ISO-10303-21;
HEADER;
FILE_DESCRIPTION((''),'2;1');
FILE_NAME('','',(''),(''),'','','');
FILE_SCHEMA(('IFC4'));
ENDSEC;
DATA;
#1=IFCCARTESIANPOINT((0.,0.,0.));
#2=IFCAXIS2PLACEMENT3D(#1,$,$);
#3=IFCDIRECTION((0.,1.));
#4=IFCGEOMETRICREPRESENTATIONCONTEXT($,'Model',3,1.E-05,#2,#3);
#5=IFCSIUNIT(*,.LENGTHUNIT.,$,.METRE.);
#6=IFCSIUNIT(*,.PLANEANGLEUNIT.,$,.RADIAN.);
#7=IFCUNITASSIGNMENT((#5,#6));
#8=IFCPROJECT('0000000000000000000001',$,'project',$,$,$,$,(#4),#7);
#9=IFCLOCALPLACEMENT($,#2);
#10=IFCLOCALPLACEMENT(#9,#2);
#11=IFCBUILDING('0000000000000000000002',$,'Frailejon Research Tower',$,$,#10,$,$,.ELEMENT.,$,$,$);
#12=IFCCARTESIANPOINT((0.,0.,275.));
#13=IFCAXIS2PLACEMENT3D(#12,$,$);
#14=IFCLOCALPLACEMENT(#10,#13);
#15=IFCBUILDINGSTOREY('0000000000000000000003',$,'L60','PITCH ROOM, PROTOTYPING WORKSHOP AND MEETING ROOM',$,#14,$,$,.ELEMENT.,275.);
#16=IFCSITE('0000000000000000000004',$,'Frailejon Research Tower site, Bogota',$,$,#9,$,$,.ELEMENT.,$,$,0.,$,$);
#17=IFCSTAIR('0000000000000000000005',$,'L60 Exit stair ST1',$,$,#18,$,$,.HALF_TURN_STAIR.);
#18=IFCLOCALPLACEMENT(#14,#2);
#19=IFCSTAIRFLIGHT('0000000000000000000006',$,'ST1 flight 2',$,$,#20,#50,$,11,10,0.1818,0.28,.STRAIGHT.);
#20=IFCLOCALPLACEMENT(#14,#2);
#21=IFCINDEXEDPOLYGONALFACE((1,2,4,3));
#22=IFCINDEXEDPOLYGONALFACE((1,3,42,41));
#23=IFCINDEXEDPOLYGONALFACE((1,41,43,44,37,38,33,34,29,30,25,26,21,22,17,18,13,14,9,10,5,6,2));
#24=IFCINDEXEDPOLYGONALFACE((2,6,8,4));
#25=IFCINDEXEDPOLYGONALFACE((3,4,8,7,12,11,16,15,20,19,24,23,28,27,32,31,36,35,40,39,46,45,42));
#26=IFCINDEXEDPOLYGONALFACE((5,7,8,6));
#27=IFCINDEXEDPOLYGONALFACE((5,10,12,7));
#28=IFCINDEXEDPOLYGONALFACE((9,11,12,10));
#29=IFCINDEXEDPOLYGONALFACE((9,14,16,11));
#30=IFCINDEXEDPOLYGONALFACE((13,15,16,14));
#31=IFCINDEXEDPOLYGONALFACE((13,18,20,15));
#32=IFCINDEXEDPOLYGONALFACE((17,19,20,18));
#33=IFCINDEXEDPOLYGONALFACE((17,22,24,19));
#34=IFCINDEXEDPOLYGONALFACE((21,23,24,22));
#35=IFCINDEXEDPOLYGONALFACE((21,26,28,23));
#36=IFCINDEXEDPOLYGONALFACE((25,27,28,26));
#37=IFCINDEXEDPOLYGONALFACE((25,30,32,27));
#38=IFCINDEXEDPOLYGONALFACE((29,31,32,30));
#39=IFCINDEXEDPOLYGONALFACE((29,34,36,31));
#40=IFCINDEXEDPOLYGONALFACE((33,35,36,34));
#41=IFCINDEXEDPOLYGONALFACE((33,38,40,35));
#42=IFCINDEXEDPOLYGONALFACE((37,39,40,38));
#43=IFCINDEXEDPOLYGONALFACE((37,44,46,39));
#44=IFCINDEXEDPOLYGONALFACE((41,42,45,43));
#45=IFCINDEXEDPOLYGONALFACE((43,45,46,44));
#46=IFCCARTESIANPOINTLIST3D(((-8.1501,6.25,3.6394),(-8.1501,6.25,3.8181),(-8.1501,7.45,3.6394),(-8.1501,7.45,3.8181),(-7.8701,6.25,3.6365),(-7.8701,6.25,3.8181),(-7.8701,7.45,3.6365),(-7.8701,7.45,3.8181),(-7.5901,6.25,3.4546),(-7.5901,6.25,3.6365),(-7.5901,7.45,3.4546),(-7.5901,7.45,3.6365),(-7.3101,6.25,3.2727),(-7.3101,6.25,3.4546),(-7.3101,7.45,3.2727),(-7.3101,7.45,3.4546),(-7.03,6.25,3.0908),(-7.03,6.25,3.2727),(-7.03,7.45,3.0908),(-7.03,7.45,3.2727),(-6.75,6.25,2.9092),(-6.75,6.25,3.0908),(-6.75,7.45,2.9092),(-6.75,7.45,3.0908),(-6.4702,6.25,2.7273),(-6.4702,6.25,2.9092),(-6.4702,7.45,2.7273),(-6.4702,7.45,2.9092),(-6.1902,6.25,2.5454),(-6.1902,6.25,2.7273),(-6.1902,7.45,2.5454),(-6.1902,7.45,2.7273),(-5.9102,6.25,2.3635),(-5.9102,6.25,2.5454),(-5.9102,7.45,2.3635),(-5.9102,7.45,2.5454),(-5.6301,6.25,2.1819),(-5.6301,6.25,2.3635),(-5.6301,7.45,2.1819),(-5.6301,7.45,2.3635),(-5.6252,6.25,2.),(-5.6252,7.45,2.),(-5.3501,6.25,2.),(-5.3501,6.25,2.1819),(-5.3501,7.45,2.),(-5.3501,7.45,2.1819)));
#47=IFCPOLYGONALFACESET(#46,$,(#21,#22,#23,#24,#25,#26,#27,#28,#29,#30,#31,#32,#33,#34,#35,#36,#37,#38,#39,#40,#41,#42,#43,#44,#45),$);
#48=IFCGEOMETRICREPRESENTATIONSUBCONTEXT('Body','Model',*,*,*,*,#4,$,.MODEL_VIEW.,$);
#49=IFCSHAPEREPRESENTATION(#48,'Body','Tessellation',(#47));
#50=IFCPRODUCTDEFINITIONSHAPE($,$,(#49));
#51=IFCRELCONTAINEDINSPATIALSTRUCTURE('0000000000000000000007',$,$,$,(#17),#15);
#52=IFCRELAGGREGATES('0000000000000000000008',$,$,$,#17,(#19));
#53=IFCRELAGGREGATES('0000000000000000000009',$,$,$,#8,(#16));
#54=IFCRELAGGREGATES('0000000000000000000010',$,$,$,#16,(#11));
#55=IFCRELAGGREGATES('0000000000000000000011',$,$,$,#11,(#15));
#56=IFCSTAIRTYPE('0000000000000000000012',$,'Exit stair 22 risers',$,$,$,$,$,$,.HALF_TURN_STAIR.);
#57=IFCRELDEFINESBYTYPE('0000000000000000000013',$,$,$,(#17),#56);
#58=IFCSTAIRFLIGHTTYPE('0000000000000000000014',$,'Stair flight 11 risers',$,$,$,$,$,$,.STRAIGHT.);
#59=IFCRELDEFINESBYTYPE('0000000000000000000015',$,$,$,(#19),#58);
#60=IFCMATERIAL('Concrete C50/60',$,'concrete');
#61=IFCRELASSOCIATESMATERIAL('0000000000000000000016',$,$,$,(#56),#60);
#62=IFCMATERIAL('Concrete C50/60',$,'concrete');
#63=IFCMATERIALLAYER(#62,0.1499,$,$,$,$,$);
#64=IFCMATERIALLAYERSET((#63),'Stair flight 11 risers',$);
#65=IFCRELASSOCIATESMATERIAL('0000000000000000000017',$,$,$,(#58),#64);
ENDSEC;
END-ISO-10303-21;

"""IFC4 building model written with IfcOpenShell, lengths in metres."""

from ifc_helpers import new_model, si_unit, direction, frame, origin, place, context, subcontext, project, spatial, polyline, outline, extrude, material, layer, layer_set, type_object, element, aggregate, save


model = new_model("IFC4")

# Units and contexts
model_context = context("Model", 3, precision=1e-05, world=origin(), true_north=direction((0.0, 1.0)))
body_context = subcontext(model_context, "Body", "Model", "MODEL_VIEW")
ifc_project = project(units=[si_unit("LENGTHUNIT", "METRE"), si_unit("PLANEANGLEUNIT", "RADIAN")], contexts=[model_context])

# Site, building, storey
site_placement = place(None, origin())
site = spatial("IfcSite", under=ifc_project, at=site_placement, Name="Frailejon Research Tower site, Bogota", CompositionType="ELEMENT", RefElevation=0.0)
building_placement = place(site_placement, origin())
building = spatial("IfcBuilding", under=site, at=building_placement, Name="Frailejon Research Tower", CompositionType="ELEMENT")
storey_placement = place(building_placement, frame((0.0, 0.0, 275.0)))
storey = spatial("IfcBuildingStorey", under=building, at=storey_placement, Name="L60", Description="PITCH ROOM, PROTOTYPING WORKSHOP AND MEETING ROOM", CompositionType="ELEMENT", Elevation=275.0)

# Stair, stair flight
ifc_material_1 = material(Name="Concrete C50/60", Category="concrete")
stair_type = type_object("IfcStairType", Name="Exit stair 22 risers", PredefinedType="HALF_TURN_STAIR", material=ifc_material_1)
stair_placement = place(storey_placement, origin())
stair = element("IfcStair", 1, at=stair_placement, inside=storey, type_object=stair_type, Name="L60 Exit stair ST1", PredefinedType="HALF_TURN_STAIR")
ifc_material_2 = material(Name="Concrete C50/60", Category="concrete")
ifc_layer_1 = layer(ifc_material_2, 0.1499)
ifc_layer_set_1 = layer_set([ifc_layer_1], Name="Stair flight 11 risers")
stair_flight_type = type_object("IfcStairFlightType", Name="Stair flight 11 risers", PredefinedType="STRAIGHT", material=ifc_layer_set_1)
stair_flight_placement = place(storey_placement, frame((-5.3501, 6.8501, 2.0), z_axis=(0.0, 0.0, 1.0), x_axis=(-1.0, 0.0, 0.0)))
stair_flight = element("IfcStairFlight", 2, at=stair_flight_placement, type_object=stair_flight_type, Name="ST1 flight 2", NumberOfRisers=11, NumberOfTreads=10, PredefinedType="STRAIGHT", RiserHeight=0.1818, TreadLength=0.28, context=body_context, shape_type="SweptSolid", body=[
    extrude(outline(polyline([(0.0, 0.0), (0.0, 0.1819), (0.28, 0.1819), (0.28, 0.3635), (0.5601, 0.3635), (0.5601, 0.5454), (0.8401, 0.5454), (0.8401, 0.7273), (1.1201, 0.7273), (1.1201, 0.9092), (1.3999, 0.9092), (1.3999, 1.0908), (1.6799, 1.0908), (1.6799, 1.2727), (1.96, 1.2727), (1.96, 1.4546), (2.24, 1.4546), (2.24, 1.6365), (2.52, 1.6365), (2.52, 1.8181), (2.8, 1.8181), (2.8, 2.0), (2.8, 1.6394), (0.2751, 0.0), (0.0, 0.0)])), frame((0.0, 0.6001, 0.0), z_axis=(0.0, -1.0, 0.0), x_axis=(1.0, 0.0, 0.0)), (0.0, 0.0, 1.0), 1.2),
])
aggregate(stair, [stair_flight])

save(model, "model.ifc")
